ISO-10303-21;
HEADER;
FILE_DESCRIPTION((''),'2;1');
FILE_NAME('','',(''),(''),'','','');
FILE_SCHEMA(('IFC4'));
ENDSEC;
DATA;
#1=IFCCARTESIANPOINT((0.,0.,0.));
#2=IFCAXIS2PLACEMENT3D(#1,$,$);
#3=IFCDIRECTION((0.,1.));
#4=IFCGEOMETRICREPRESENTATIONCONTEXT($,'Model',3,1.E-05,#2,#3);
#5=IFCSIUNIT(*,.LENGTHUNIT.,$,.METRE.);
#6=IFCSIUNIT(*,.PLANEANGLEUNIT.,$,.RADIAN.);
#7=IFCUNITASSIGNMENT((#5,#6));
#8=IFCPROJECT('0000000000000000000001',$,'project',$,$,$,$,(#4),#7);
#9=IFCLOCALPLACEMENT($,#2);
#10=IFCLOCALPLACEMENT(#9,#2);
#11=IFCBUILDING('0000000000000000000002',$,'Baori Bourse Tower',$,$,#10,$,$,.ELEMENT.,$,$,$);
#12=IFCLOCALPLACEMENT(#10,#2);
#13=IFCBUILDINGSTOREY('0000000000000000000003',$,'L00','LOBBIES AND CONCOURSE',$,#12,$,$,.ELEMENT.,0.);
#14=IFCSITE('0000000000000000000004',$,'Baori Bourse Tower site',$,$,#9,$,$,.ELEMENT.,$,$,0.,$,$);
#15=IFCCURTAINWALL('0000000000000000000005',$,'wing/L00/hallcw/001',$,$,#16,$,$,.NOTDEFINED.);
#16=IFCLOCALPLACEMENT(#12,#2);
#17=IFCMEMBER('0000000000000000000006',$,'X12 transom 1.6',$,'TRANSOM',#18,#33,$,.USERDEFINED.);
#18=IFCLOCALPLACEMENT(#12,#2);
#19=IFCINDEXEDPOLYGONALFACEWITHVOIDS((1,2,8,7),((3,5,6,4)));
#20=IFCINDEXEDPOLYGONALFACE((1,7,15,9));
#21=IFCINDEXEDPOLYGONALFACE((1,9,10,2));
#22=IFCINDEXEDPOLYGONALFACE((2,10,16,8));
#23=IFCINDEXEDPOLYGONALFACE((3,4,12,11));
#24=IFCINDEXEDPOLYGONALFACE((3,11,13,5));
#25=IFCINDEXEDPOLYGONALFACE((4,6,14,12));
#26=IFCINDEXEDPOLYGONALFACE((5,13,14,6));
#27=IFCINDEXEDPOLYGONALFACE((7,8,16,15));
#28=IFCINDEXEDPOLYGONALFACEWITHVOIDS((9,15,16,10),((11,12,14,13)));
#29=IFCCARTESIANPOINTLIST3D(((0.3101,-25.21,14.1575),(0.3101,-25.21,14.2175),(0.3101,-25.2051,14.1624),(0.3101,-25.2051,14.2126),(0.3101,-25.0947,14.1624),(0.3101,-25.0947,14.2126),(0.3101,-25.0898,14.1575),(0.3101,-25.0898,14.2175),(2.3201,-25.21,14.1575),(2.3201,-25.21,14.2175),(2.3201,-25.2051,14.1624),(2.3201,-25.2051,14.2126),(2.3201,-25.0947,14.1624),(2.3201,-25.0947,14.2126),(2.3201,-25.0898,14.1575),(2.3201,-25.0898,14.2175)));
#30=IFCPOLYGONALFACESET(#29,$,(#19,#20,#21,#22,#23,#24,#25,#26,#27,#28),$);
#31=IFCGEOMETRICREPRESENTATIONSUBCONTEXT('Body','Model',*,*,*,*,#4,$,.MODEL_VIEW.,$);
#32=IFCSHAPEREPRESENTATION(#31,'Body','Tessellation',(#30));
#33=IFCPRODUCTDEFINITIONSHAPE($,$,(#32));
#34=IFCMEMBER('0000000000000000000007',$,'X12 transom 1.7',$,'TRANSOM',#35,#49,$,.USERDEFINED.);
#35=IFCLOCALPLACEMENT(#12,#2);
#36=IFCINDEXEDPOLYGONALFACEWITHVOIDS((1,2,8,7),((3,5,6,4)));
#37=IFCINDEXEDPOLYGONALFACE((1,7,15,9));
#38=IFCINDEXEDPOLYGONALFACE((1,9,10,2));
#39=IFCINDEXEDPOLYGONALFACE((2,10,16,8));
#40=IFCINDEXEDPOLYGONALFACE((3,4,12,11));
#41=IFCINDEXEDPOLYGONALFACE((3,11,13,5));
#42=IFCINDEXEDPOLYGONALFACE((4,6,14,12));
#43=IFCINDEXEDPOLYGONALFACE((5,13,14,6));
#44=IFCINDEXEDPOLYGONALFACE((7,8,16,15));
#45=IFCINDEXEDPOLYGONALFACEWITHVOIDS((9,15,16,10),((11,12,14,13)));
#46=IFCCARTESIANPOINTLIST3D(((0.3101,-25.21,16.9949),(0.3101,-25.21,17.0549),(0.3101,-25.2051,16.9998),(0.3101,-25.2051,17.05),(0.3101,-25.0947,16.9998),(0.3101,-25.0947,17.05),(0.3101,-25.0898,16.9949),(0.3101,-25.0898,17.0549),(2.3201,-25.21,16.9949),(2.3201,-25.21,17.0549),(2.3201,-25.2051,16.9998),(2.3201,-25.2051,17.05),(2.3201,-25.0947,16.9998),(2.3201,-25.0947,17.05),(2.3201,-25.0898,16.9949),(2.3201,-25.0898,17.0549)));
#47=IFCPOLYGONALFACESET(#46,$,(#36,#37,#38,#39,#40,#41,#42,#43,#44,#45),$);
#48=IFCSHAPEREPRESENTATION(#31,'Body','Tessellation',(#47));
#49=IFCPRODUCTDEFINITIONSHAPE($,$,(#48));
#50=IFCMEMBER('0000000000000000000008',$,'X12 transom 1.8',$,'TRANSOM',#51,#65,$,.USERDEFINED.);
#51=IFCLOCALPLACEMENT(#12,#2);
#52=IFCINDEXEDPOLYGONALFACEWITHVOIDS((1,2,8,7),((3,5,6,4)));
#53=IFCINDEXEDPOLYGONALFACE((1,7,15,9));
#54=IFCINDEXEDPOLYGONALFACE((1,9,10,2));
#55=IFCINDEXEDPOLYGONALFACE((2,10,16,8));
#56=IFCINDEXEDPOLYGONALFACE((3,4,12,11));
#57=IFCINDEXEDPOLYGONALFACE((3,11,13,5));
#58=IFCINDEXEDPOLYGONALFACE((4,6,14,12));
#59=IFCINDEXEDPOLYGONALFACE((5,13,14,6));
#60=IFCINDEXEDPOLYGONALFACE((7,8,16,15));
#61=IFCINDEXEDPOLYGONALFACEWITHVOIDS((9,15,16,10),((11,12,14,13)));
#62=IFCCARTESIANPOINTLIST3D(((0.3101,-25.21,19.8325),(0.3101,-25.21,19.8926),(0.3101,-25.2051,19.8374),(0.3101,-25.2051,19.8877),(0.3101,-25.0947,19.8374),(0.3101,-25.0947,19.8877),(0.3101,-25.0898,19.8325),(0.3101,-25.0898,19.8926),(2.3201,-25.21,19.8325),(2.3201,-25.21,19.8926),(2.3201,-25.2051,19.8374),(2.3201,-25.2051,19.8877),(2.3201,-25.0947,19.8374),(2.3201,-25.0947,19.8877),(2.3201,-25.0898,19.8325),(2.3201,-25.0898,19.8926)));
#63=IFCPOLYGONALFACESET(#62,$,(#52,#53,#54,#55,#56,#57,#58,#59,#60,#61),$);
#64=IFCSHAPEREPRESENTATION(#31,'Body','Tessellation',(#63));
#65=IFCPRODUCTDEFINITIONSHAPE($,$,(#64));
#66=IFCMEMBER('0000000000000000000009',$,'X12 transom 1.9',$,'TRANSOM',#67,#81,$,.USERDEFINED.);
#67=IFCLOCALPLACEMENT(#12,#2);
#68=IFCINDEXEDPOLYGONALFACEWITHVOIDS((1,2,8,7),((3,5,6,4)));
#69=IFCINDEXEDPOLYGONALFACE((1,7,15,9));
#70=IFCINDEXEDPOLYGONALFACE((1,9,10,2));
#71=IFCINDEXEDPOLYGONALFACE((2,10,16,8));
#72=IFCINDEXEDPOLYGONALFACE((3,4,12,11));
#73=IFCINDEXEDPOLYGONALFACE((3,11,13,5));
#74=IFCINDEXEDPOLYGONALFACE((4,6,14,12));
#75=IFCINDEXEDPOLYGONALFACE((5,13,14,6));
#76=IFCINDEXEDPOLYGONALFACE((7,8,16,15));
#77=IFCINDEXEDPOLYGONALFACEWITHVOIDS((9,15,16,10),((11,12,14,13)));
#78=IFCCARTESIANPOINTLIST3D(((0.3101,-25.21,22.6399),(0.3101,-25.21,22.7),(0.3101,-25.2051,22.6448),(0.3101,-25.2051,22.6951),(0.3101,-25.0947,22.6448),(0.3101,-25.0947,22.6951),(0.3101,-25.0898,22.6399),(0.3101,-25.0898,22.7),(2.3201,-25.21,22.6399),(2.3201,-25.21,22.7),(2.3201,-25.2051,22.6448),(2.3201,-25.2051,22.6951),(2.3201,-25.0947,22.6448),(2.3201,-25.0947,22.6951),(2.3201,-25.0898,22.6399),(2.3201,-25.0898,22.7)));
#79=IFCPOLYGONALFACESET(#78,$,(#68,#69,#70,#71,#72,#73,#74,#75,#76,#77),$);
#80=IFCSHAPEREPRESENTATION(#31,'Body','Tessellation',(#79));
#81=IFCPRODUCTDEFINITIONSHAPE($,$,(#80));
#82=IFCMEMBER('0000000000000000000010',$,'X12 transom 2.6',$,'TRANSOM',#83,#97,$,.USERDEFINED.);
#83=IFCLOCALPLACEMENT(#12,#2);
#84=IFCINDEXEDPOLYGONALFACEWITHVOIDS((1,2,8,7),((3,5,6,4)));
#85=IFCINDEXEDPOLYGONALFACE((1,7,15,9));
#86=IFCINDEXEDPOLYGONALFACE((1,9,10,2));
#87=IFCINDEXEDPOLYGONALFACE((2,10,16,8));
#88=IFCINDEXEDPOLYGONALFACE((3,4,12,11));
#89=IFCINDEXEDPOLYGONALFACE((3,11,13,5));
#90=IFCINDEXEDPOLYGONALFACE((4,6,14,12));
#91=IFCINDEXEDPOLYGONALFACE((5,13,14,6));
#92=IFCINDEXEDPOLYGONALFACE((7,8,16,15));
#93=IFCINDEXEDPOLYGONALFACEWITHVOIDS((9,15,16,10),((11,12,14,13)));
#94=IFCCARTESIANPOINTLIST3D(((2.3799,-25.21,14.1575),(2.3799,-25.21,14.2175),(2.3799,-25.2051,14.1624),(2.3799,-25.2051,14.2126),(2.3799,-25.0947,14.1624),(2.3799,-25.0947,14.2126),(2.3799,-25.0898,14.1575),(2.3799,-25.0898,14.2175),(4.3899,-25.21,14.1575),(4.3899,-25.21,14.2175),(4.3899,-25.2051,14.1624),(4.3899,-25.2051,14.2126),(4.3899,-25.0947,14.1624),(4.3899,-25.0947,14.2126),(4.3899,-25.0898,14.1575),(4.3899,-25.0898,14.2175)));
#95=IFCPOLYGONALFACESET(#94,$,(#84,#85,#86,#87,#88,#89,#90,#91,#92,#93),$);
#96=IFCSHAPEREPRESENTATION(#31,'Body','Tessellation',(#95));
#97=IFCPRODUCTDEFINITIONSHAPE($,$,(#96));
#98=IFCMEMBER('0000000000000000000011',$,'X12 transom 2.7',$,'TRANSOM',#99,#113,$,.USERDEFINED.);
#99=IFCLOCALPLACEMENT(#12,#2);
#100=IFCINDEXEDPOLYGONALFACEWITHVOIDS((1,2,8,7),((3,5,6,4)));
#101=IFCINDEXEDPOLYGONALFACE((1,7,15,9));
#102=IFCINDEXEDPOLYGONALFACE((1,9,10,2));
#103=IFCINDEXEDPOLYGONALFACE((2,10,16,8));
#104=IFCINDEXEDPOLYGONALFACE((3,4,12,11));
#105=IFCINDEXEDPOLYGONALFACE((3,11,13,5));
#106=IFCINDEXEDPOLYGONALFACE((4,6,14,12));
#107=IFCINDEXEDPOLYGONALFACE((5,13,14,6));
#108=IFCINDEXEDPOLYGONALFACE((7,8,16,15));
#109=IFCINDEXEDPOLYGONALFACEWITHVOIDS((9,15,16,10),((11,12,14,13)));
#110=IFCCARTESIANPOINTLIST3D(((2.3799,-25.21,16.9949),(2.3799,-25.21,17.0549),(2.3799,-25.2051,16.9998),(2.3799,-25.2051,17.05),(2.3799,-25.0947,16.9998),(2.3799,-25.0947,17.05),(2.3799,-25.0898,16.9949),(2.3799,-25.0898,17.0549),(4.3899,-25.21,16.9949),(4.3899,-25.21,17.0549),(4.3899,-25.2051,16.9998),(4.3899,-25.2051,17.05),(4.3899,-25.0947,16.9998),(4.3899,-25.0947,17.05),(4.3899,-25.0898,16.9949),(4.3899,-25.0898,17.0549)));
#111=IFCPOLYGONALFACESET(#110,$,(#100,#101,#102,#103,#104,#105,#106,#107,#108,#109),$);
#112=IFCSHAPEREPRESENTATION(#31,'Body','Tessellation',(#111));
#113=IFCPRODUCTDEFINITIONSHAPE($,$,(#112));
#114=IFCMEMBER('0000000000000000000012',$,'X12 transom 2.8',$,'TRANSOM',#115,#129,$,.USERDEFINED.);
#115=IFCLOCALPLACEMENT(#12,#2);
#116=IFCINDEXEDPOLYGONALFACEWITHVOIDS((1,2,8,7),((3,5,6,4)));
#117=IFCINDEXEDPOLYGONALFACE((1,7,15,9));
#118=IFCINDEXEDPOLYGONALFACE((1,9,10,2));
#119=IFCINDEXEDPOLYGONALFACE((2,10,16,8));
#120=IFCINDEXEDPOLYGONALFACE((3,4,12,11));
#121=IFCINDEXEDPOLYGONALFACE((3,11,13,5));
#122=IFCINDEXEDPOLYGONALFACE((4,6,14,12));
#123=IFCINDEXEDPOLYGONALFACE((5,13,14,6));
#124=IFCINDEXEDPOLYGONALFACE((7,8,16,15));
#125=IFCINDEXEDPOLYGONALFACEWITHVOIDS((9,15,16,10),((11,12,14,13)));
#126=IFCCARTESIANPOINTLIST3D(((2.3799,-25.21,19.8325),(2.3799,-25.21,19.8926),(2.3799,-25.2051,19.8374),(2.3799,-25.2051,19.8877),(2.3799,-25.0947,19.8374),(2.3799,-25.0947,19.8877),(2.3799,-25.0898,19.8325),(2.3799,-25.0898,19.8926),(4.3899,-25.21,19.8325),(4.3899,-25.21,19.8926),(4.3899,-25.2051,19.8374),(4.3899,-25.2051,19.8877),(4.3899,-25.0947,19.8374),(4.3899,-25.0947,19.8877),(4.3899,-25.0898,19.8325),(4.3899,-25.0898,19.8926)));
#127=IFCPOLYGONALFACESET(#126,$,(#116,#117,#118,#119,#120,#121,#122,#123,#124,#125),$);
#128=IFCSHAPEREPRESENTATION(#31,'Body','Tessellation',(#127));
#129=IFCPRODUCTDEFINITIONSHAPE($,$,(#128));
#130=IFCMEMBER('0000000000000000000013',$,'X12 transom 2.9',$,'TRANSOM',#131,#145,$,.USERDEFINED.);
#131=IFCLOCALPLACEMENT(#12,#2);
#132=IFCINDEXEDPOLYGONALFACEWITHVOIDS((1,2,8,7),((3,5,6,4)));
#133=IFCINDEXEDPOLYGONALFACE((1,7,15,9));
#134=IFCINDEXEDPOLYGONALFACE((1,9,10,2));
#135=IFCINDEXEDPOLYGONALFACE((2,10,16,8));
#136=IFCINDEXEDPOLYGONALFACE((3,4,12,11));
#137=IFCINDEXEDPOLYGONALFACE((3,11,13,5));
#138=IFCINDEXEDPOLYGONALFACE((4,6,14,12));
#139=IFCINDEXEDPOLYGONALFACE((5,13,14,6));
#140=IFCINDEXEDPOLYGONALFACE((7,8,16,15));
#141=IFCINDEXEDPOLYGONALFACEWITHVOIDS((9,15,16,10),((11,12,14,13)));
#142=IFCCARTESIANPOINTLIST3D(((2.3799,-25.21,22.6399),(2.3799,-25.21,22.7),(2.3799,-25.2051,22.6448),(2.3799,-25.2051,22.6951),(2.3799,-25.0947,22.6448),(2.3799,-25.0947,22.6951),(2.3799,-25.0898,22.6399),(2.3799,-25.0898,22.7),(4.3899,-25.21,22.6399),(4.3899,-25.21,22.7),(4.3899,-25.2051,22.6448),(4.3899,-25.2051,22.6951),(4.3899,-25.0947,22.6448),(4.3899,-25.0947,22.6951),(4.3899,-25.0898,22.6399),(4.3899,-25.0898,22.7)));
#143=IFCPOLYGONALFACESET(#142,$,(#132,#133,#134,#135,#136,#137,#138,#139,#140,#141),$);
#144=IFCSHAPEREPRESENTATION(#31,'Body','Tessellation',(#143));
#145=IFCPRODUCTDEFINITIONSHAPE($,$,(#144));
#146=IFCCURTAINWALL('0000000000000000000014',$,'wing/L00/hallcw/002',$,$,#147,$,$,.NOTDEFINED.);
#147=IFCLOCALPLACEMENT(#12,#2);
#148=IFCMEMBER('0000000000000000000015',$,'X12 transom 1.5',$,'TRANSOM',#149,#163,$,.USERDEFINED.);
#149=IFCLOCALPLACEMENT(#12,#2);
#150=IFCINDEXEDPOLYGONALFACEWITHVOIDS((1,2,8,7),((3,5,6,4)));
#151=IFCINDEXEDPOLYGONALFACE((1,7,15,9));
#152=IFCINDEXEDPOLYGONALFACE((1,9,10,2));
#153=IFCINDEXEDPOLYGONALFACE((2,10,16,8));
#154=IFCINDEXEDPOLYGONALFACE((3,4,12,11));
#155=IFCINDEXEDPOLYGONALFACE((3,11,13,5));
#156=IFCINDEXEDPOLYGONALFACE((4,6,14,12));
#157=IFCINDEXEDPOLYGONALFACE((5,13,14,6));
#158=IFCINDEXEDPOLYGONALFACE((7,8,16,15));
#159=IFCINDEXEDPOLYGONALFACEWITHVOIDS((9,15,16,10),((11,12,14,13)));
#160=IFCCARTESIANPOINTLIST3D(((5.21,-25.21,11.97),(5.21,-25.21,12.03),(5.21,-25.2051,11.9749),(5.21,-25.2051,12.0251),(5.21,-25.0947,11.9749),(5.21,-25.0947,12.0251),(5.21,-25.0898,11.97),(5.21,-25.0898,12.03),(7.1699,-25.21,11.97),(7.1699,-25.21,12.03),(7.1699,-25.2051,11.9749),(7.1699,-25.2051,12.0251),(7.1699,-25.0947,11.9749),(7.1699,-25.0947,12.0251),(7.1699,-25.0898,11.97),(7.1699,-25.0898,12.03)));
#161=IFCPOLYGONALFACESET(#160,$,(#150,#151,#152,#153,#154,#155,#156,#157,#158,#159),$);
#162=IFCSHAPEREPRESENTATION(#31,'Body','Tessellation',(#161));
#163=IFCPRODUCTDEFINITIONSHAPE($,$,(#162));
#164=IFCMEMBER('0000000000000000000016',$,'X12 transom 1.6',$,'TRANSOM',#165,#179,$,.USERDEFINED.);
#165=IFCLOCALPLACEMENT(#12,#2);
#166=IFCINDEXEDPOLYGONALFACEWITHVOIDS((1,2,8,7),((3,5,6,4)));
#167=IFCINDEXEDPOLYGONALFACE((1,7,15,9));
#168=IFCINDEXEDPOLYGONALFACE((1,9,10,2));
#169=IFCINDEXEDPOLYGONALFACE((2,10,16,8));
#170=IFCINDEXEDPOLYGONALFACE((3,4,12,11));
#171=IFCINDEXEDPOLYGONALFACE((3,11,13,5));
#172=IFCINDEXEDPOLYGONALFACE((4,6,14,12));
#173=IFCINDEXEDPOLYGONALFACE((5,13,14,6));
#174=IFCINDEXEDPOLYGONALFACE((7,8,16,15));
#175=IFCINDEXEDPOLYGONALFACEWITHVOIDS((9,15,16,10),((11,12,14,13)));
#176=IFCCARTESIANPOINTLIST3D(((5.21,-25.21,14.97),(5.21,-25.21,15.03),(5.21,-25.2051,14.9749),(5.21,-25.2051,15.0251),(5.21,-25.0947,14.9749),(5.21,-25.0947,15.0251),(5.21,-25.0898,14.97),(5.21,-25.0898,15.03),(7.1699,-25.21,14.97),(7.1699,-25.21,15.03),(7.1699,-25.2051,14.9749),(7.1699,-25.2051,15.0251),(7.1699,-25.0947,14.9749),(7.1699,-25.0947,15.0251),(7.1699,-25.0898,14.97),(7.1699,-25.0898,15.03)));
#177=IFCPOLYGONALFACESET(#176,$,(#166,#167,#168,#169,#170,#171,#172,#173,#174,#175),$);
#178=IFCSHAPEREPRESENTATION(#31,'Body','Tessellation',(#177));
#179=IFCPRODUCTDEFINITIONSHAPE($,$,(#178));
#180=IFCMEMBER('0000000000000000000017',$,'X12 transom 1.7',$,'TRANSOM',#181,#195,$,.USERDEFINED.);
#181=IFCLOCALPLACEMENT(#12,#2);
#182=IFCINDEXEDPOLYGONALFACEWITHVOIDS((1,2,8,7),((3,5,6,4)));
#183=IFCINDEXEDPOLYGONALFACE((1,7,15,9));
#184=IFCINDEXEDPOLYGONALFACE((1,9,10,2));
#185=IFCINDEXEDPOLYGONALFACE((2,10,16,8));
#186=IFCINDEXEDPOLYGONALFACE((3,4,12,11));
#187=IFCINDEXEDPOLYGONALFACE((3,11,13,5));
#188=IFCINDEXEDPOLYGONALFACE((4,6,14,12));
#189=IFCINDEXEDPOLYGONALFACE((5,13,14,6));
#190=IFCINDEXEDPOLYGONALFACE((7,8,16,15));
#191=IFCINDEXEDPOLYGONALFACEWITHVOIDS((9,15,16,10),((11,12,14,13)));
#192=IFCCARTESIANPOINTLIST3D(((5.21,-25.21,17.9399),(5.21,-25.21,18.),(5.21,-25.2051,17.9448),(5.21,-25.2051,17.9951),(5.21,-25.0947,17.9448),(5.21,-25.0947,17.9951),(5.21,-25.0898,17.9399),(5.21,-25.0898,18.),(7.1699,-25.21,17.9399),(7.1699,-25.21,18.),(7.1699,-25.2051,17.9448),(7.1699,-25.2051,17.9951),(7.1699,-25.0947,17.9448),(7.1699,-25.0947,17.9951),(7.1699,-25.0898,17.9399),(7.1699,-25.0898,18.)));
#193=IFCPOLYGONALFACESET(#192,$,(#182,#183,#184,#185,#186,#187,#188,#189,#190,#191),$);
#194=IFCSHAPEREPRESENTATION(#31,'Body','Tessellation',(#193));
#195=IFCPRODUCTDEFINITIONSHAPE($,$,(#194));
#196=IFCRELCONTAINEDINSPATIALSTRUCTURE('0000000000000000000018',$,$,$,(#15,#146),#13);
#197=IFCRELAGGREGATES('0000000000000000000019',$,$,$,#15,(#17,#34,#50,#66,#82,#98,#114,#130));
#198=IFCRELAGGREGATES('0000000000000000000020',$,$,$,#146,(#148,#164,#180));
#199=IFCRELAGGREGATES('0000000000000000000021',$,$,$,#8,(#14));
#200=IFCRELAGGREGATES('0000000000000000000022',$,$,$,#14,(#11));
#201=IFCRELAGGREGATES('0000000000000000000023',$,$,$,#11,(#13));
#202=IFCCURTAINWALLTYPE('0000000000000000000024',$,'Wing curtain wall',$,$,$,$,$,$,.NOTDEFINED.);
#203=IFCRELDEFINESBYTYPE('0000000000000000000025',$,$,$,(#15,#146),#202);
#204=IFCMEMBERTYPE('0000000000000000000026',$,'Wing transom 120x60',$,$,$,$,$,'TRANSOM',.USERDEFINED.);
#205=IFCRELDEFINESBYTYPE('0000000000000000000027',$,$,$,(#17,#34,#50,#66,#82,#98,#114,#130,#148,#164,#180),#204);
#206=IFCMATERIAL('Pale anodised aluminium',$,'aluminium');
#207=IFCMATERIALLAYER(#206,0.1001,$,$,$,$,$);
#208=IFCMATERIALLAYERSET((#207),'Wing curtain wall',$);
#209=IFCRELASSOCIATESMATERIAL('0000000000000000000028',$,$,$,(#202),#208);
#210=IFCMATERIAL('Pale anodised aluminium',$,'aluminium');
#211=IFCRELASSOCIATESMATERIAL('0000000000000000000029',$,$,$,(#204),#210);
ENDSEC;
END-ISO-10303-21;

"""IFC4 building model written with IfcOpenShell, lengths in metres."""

from ifc_helpers import new_model, si_unit, direction, frame, origin, origin_2d, place, context, subcontext, project, spatial, hollow_rectangle, extrude, material, layer, layer_set, material_profile, profile_set, type_object, element, aggregate, save


model = new_model("IFC4")

# Units and contexts
model_context = context("Model", 3, precision=1e-05, world=origin(), true_north=direction((0.0, 1.0)))
body_context = subcontext(model_context, "Body", "Model", "MODEL_VIEW")
ifc_project = project(units=[si_unit("LENGTHUNIT", "METRE"), si_unit("PLANEANGLEUNIT", "RADIAN")], contexts=[model_context])

# Site, building, storey
site_placement = place(None, origin())
site = spatial("IfcSite", under=ifc_project, at=site_placement, Name="Baori Bourse Tower site", CompositionType="ELEMENT", RefElevation=0.0)
building_placement = place(site_placement, origin())
building = spatial("IfcBuilding", under=site, at=building_placement, Name="Baori Bourse Tower", CompositionType="ELEMENT")
storey_placement = place(building_placement, origin())
storey = spatial("IfcBuildingStorey", under=building, at=storey_placement, Name="L00", Description="LOBBIES AND CONCOURSE", CompositionType="ELEMENT", Elevation=0.0)

# Curtain walls, members
ifc_material_1 = material(Name="Pale anodised aluminium", Category="aluminium")
ifc_layer_1 = layer(ifc_material_1, 0.1001)
ifc_layer_set_1 = layer_set([ifc_layer_1], Name="Wing curtain wall")
curtain_wall_type = type_object("IfcCurtainWallType", Name="Wing curtain wall", PredefinedType="NOTDEFINED", material=ifc_layer_set_1)
curtain_wall_1_placement = place(storey_placement, origin())
curtain_wall_1 = element("IfcCurtainWall", 1, at=curtain_wall_1_placement, inside=storey, type_object=curtain_wall_type, Name="wing/L00/hallcw/001", PredefinedType="NOTDEFINED")
ifc_material_2 = material(Name="Pale anodised aluminium", Category="aluminium")
ifc_material_profile_1 = material_profile(ifc_material_2, hollow_rectangle(XDim=0.1201, YDim=0.0601, WallThickness=0.0049, at=origin_2d()), Name="Transom 120x60x5")
ifc_profile_set_1 = profile_set([ifc_material_profile_1], Name="Pale anodised aluminium")
member_type = type_object("IfcMemberType", Name="Wing transom 120x60", ElementType="TRANSOM", PredefinedType="USERDEFINED", material=ifc_profile_set_1)
member_1_placement = place(storey_placement, frame((0.3101, -25.1499, 14.1875), z_axis=(1.0, 0.0, 0.0), x_axis=(0.0, 1.0, 0.0)))
member_1 = element("IfcMember", 2, at=member_1_placement, type_object=member_type, Name="X12 transom 1.6", ObjectType="TRANSOM", PredefinedType="USERDEFINED", context=body_context, shape_type="SweptSolid", body=[
    extrude(hollow_rectangle(XDim=0.1201, YDim=0.0601, WallThickness=0.0049, at=origin_2d()), origin(), (0.0, 0.0, 1.0), 2.01),
])
member_2_placement = place(storey_placement, frame((0.3101, -25.1499, 17.0249), z_axis=(1.0, 0.0, 0.0), x_axis=(0.0, 1.0, 0.0)))
member_2 = element("IfcMember", 3, at=member_2_placement, type_object=member_type, Name="X12 transom 1.7", ObjectType="TRANSOM", PredefinedType="USERDEFINED", context=body_context, shape_type="SweptSolid", body=[
    extrude(hollow_rectangle(XDim=0.1201, YDim=0.0601, WallThickness=0.0049, at=origin_2d()), origin(), (0.0, 0.0, 1.0), 2.01),
])
member_3_placement = place(storey_placement, frame((0.3101, -25.1499, 19.8625), z_axis=(1.0, 0.0, 0.0), x_axis=(0.0, 1.0, 0.0)))
member_3 = element("IfcMember", 4, at=member_3_placement, type_object=member_type, Name="X12 transom 1.8", ObjectType="TRANSOM", PredefinedType="USERDEFINED", context=body_context, shape_type="SweptSolid", body=[
    extrude(hollow_rectangle(XDim=0.1201, YDim=0.0601, WallThickness=0.0049, at=origin_2d()), origin(), (0.0, 0.0, 1.0), 2.01),
])
member_4_placement = place(storey_placement, frame((0.3101, -25.1499, 22.6699), z_axis=(1.0, 0.0, 0.0), x_axis=(0.0, 1.0, 0.0)))
member_4 = element("IfcMember", 5, at=member_4_placement, type_object=member_type, Name="X12 transom 1.9", ObjectType="TRANSOM", PredefinedType="USERDEFINED", context=body_context, shape_type="SweptSolid", body=[
    extrude(hollow_rectangle(XDim=0.1201, YDim=0.0601, WallThickness=0.0049, at=origin_2d()), origin(), (0.0, 0.0, 1.0), 2.01),
])
member_5_placement = place(storey_placement, frame((2.3799, -25.1499, 14.1875), z_axis=(1.0, 0.0, 0.0), x_axis=(0.0, 1.0, 0.0)))
member_5 = element("IfcMember", 6, at=member_5_placement, type_object=member_type, Name="X12 transom 2.6", ObjectType="TRANSOM", PredefinedType="USERDEFINED", context=body_context, shape_type="SweptSolid", body=[
    extrude(hollow_rectangle(XDim=0.1201, YDim=0.0601, WallThickness=0.0049, at=origin_2d()), origin(), (0.0, 0.0, 1.0), 2.01),
])
member_6_placement = place(storey_placement, frame((2.3799, -25.1499, 17.0249), z_axis=(1.0, 0.0, 0.0), x_axis=(0.0, 1.0, 0.0)))
member_6 = element("IfcMember", 7, at=member_6_placement, type_object=member_type, Name="X12 transom 2.7", ObjectType="TRANSOM", PredefinedType="USERDEFINED", context=body_context, shape_type="SweptSolid", body=[
    extrude(hollow_rectangle(XDim=0.1201, YDim=0.0601, WallThickness=0.0049, at=origin_2d()), origin(), (0.0, 0.0, 1.0), 2.01),
])
member_7_placement = place(storey_placement, frame((2.3799, -25.1499, 19.8625), z_axis=(1.0, 0.0, 0.0), x_axis=(0.0, 1.0, 0.0)))
member_7 = element("IfcMember", 8, at=member_7_placement, type_object=member_type, Name="X12 transom 2.8", ObjectType="TRANSOM", PredefinedType="USERDEFINED", context=body_context, shape_type="SweptSolid", body=[
    extrude(hollow_rectangle(XDim=0.1201, YDim=0.0601, WallThickness=0.0049, at=origin_2d()), origin(), (0.0, 0.0, 1.0), 2.01),
])
member_8_placement = place(storey_placement, frame((2.3799, -25.1499, 22.6699), z_axis=(1.0, 0.0, 0.0), x_axis=(0.0, 1.0, 0.0)))
member_8 = element("IfcMember", 9, at=member_8_placement, type_object=member_type, Name="X12 transom 2.9", ObjectType="TRANSOM", PredefinedType="USERDEFINED", context=body_context, shape_type="SweptSolid", body=[
    extrude(hollow_rectangle(XDim=0.1201, YDim=0.0601, WallThickness=0.0049, at=origin_2d()), origin(), (0.0, 0.0, 1.0), 2.01),
])
curtain_wall_2_placement = place(storey_placement, origin())
curtain_wall_2 = element("IfcCurtainWall", 10, at=curtain_wall_2_placement, inside=storey, type_object=curtain_wall_type, Name="wing/L00/hallcw/002", PredefinedType="NOTDEFINED")
member_9_placement = place(storey_placement, frame((5.21, -25.1499, 12.0), z_axis=(1.0, 0.0, 0.0), x_axis=(0.0, 1.0, 0.0)))
member_9 = element("IfcMember", 11, at=member_9_placement, type_object=member_type, Name="X12 transom 1.5", ObjectType="TRANSOM", PredefinedType="USERDEFINED", context=body_context, shape_type="SweptSolid", body=[
    extrude(hollow_rectangle(XDim=0.1201, YDim=0.0601, WallThickness=0.0049, at=origin_2d()), origin(), (0.0, 0.0, 1.0), 1.96),
])
member_10_placement = place(storey_placement, frame((5.21, -25.1499, 15.0), z_axis=(1.0, 0.0, 0.0), x_axis=(0.0, 1.0, 0.0)))
member_10 = element("IfcMember", 12, at=member_10_placement, type_object=member_type, Name="X12 transom 1.6", ObjectType="TRANSOM", PredefinedType="USERDEFINED", context=body_context, shape_type="SweptSolid", body=[
    extrude(hollow_rectangle(XDim=0.1201, YDim=0.0601, WallThickness=0.0049, at=origin_2d()), origin(), (0.0, 0.0, 1.0), 1.96),
])
member_11_placement = place(storey_placement, frame((5.21, -25.1499, 17.97), z_axis=(1.0, 0.0, 0.0), x_axis=(0.0, 1.0, 0.0)))
member_11 = element("IfcMember", 13, at=member_11_placement, type_object=member_type, Name="X12 transom 1.7", ObjectType="TRANSOM", PredefinedType="USERDEFINED", context=body_context, shape_type="SweptSolid", body=[
    extrude(hollow_rectangle(XDim=0.1201, YDim=0.0601, WallThickness=0.0049, at=origin_2d()), origin(), (0.0, 0.0, 1.0), 1.96),
])

aggregate(curtain_wall_1, [member_1, member_2, member_3, member_4, member_5, member_6, member_7, member_8])
aggregate(curtain_wall_2, [member_9, member_10, member_11])

save(model, "model.ifc")
